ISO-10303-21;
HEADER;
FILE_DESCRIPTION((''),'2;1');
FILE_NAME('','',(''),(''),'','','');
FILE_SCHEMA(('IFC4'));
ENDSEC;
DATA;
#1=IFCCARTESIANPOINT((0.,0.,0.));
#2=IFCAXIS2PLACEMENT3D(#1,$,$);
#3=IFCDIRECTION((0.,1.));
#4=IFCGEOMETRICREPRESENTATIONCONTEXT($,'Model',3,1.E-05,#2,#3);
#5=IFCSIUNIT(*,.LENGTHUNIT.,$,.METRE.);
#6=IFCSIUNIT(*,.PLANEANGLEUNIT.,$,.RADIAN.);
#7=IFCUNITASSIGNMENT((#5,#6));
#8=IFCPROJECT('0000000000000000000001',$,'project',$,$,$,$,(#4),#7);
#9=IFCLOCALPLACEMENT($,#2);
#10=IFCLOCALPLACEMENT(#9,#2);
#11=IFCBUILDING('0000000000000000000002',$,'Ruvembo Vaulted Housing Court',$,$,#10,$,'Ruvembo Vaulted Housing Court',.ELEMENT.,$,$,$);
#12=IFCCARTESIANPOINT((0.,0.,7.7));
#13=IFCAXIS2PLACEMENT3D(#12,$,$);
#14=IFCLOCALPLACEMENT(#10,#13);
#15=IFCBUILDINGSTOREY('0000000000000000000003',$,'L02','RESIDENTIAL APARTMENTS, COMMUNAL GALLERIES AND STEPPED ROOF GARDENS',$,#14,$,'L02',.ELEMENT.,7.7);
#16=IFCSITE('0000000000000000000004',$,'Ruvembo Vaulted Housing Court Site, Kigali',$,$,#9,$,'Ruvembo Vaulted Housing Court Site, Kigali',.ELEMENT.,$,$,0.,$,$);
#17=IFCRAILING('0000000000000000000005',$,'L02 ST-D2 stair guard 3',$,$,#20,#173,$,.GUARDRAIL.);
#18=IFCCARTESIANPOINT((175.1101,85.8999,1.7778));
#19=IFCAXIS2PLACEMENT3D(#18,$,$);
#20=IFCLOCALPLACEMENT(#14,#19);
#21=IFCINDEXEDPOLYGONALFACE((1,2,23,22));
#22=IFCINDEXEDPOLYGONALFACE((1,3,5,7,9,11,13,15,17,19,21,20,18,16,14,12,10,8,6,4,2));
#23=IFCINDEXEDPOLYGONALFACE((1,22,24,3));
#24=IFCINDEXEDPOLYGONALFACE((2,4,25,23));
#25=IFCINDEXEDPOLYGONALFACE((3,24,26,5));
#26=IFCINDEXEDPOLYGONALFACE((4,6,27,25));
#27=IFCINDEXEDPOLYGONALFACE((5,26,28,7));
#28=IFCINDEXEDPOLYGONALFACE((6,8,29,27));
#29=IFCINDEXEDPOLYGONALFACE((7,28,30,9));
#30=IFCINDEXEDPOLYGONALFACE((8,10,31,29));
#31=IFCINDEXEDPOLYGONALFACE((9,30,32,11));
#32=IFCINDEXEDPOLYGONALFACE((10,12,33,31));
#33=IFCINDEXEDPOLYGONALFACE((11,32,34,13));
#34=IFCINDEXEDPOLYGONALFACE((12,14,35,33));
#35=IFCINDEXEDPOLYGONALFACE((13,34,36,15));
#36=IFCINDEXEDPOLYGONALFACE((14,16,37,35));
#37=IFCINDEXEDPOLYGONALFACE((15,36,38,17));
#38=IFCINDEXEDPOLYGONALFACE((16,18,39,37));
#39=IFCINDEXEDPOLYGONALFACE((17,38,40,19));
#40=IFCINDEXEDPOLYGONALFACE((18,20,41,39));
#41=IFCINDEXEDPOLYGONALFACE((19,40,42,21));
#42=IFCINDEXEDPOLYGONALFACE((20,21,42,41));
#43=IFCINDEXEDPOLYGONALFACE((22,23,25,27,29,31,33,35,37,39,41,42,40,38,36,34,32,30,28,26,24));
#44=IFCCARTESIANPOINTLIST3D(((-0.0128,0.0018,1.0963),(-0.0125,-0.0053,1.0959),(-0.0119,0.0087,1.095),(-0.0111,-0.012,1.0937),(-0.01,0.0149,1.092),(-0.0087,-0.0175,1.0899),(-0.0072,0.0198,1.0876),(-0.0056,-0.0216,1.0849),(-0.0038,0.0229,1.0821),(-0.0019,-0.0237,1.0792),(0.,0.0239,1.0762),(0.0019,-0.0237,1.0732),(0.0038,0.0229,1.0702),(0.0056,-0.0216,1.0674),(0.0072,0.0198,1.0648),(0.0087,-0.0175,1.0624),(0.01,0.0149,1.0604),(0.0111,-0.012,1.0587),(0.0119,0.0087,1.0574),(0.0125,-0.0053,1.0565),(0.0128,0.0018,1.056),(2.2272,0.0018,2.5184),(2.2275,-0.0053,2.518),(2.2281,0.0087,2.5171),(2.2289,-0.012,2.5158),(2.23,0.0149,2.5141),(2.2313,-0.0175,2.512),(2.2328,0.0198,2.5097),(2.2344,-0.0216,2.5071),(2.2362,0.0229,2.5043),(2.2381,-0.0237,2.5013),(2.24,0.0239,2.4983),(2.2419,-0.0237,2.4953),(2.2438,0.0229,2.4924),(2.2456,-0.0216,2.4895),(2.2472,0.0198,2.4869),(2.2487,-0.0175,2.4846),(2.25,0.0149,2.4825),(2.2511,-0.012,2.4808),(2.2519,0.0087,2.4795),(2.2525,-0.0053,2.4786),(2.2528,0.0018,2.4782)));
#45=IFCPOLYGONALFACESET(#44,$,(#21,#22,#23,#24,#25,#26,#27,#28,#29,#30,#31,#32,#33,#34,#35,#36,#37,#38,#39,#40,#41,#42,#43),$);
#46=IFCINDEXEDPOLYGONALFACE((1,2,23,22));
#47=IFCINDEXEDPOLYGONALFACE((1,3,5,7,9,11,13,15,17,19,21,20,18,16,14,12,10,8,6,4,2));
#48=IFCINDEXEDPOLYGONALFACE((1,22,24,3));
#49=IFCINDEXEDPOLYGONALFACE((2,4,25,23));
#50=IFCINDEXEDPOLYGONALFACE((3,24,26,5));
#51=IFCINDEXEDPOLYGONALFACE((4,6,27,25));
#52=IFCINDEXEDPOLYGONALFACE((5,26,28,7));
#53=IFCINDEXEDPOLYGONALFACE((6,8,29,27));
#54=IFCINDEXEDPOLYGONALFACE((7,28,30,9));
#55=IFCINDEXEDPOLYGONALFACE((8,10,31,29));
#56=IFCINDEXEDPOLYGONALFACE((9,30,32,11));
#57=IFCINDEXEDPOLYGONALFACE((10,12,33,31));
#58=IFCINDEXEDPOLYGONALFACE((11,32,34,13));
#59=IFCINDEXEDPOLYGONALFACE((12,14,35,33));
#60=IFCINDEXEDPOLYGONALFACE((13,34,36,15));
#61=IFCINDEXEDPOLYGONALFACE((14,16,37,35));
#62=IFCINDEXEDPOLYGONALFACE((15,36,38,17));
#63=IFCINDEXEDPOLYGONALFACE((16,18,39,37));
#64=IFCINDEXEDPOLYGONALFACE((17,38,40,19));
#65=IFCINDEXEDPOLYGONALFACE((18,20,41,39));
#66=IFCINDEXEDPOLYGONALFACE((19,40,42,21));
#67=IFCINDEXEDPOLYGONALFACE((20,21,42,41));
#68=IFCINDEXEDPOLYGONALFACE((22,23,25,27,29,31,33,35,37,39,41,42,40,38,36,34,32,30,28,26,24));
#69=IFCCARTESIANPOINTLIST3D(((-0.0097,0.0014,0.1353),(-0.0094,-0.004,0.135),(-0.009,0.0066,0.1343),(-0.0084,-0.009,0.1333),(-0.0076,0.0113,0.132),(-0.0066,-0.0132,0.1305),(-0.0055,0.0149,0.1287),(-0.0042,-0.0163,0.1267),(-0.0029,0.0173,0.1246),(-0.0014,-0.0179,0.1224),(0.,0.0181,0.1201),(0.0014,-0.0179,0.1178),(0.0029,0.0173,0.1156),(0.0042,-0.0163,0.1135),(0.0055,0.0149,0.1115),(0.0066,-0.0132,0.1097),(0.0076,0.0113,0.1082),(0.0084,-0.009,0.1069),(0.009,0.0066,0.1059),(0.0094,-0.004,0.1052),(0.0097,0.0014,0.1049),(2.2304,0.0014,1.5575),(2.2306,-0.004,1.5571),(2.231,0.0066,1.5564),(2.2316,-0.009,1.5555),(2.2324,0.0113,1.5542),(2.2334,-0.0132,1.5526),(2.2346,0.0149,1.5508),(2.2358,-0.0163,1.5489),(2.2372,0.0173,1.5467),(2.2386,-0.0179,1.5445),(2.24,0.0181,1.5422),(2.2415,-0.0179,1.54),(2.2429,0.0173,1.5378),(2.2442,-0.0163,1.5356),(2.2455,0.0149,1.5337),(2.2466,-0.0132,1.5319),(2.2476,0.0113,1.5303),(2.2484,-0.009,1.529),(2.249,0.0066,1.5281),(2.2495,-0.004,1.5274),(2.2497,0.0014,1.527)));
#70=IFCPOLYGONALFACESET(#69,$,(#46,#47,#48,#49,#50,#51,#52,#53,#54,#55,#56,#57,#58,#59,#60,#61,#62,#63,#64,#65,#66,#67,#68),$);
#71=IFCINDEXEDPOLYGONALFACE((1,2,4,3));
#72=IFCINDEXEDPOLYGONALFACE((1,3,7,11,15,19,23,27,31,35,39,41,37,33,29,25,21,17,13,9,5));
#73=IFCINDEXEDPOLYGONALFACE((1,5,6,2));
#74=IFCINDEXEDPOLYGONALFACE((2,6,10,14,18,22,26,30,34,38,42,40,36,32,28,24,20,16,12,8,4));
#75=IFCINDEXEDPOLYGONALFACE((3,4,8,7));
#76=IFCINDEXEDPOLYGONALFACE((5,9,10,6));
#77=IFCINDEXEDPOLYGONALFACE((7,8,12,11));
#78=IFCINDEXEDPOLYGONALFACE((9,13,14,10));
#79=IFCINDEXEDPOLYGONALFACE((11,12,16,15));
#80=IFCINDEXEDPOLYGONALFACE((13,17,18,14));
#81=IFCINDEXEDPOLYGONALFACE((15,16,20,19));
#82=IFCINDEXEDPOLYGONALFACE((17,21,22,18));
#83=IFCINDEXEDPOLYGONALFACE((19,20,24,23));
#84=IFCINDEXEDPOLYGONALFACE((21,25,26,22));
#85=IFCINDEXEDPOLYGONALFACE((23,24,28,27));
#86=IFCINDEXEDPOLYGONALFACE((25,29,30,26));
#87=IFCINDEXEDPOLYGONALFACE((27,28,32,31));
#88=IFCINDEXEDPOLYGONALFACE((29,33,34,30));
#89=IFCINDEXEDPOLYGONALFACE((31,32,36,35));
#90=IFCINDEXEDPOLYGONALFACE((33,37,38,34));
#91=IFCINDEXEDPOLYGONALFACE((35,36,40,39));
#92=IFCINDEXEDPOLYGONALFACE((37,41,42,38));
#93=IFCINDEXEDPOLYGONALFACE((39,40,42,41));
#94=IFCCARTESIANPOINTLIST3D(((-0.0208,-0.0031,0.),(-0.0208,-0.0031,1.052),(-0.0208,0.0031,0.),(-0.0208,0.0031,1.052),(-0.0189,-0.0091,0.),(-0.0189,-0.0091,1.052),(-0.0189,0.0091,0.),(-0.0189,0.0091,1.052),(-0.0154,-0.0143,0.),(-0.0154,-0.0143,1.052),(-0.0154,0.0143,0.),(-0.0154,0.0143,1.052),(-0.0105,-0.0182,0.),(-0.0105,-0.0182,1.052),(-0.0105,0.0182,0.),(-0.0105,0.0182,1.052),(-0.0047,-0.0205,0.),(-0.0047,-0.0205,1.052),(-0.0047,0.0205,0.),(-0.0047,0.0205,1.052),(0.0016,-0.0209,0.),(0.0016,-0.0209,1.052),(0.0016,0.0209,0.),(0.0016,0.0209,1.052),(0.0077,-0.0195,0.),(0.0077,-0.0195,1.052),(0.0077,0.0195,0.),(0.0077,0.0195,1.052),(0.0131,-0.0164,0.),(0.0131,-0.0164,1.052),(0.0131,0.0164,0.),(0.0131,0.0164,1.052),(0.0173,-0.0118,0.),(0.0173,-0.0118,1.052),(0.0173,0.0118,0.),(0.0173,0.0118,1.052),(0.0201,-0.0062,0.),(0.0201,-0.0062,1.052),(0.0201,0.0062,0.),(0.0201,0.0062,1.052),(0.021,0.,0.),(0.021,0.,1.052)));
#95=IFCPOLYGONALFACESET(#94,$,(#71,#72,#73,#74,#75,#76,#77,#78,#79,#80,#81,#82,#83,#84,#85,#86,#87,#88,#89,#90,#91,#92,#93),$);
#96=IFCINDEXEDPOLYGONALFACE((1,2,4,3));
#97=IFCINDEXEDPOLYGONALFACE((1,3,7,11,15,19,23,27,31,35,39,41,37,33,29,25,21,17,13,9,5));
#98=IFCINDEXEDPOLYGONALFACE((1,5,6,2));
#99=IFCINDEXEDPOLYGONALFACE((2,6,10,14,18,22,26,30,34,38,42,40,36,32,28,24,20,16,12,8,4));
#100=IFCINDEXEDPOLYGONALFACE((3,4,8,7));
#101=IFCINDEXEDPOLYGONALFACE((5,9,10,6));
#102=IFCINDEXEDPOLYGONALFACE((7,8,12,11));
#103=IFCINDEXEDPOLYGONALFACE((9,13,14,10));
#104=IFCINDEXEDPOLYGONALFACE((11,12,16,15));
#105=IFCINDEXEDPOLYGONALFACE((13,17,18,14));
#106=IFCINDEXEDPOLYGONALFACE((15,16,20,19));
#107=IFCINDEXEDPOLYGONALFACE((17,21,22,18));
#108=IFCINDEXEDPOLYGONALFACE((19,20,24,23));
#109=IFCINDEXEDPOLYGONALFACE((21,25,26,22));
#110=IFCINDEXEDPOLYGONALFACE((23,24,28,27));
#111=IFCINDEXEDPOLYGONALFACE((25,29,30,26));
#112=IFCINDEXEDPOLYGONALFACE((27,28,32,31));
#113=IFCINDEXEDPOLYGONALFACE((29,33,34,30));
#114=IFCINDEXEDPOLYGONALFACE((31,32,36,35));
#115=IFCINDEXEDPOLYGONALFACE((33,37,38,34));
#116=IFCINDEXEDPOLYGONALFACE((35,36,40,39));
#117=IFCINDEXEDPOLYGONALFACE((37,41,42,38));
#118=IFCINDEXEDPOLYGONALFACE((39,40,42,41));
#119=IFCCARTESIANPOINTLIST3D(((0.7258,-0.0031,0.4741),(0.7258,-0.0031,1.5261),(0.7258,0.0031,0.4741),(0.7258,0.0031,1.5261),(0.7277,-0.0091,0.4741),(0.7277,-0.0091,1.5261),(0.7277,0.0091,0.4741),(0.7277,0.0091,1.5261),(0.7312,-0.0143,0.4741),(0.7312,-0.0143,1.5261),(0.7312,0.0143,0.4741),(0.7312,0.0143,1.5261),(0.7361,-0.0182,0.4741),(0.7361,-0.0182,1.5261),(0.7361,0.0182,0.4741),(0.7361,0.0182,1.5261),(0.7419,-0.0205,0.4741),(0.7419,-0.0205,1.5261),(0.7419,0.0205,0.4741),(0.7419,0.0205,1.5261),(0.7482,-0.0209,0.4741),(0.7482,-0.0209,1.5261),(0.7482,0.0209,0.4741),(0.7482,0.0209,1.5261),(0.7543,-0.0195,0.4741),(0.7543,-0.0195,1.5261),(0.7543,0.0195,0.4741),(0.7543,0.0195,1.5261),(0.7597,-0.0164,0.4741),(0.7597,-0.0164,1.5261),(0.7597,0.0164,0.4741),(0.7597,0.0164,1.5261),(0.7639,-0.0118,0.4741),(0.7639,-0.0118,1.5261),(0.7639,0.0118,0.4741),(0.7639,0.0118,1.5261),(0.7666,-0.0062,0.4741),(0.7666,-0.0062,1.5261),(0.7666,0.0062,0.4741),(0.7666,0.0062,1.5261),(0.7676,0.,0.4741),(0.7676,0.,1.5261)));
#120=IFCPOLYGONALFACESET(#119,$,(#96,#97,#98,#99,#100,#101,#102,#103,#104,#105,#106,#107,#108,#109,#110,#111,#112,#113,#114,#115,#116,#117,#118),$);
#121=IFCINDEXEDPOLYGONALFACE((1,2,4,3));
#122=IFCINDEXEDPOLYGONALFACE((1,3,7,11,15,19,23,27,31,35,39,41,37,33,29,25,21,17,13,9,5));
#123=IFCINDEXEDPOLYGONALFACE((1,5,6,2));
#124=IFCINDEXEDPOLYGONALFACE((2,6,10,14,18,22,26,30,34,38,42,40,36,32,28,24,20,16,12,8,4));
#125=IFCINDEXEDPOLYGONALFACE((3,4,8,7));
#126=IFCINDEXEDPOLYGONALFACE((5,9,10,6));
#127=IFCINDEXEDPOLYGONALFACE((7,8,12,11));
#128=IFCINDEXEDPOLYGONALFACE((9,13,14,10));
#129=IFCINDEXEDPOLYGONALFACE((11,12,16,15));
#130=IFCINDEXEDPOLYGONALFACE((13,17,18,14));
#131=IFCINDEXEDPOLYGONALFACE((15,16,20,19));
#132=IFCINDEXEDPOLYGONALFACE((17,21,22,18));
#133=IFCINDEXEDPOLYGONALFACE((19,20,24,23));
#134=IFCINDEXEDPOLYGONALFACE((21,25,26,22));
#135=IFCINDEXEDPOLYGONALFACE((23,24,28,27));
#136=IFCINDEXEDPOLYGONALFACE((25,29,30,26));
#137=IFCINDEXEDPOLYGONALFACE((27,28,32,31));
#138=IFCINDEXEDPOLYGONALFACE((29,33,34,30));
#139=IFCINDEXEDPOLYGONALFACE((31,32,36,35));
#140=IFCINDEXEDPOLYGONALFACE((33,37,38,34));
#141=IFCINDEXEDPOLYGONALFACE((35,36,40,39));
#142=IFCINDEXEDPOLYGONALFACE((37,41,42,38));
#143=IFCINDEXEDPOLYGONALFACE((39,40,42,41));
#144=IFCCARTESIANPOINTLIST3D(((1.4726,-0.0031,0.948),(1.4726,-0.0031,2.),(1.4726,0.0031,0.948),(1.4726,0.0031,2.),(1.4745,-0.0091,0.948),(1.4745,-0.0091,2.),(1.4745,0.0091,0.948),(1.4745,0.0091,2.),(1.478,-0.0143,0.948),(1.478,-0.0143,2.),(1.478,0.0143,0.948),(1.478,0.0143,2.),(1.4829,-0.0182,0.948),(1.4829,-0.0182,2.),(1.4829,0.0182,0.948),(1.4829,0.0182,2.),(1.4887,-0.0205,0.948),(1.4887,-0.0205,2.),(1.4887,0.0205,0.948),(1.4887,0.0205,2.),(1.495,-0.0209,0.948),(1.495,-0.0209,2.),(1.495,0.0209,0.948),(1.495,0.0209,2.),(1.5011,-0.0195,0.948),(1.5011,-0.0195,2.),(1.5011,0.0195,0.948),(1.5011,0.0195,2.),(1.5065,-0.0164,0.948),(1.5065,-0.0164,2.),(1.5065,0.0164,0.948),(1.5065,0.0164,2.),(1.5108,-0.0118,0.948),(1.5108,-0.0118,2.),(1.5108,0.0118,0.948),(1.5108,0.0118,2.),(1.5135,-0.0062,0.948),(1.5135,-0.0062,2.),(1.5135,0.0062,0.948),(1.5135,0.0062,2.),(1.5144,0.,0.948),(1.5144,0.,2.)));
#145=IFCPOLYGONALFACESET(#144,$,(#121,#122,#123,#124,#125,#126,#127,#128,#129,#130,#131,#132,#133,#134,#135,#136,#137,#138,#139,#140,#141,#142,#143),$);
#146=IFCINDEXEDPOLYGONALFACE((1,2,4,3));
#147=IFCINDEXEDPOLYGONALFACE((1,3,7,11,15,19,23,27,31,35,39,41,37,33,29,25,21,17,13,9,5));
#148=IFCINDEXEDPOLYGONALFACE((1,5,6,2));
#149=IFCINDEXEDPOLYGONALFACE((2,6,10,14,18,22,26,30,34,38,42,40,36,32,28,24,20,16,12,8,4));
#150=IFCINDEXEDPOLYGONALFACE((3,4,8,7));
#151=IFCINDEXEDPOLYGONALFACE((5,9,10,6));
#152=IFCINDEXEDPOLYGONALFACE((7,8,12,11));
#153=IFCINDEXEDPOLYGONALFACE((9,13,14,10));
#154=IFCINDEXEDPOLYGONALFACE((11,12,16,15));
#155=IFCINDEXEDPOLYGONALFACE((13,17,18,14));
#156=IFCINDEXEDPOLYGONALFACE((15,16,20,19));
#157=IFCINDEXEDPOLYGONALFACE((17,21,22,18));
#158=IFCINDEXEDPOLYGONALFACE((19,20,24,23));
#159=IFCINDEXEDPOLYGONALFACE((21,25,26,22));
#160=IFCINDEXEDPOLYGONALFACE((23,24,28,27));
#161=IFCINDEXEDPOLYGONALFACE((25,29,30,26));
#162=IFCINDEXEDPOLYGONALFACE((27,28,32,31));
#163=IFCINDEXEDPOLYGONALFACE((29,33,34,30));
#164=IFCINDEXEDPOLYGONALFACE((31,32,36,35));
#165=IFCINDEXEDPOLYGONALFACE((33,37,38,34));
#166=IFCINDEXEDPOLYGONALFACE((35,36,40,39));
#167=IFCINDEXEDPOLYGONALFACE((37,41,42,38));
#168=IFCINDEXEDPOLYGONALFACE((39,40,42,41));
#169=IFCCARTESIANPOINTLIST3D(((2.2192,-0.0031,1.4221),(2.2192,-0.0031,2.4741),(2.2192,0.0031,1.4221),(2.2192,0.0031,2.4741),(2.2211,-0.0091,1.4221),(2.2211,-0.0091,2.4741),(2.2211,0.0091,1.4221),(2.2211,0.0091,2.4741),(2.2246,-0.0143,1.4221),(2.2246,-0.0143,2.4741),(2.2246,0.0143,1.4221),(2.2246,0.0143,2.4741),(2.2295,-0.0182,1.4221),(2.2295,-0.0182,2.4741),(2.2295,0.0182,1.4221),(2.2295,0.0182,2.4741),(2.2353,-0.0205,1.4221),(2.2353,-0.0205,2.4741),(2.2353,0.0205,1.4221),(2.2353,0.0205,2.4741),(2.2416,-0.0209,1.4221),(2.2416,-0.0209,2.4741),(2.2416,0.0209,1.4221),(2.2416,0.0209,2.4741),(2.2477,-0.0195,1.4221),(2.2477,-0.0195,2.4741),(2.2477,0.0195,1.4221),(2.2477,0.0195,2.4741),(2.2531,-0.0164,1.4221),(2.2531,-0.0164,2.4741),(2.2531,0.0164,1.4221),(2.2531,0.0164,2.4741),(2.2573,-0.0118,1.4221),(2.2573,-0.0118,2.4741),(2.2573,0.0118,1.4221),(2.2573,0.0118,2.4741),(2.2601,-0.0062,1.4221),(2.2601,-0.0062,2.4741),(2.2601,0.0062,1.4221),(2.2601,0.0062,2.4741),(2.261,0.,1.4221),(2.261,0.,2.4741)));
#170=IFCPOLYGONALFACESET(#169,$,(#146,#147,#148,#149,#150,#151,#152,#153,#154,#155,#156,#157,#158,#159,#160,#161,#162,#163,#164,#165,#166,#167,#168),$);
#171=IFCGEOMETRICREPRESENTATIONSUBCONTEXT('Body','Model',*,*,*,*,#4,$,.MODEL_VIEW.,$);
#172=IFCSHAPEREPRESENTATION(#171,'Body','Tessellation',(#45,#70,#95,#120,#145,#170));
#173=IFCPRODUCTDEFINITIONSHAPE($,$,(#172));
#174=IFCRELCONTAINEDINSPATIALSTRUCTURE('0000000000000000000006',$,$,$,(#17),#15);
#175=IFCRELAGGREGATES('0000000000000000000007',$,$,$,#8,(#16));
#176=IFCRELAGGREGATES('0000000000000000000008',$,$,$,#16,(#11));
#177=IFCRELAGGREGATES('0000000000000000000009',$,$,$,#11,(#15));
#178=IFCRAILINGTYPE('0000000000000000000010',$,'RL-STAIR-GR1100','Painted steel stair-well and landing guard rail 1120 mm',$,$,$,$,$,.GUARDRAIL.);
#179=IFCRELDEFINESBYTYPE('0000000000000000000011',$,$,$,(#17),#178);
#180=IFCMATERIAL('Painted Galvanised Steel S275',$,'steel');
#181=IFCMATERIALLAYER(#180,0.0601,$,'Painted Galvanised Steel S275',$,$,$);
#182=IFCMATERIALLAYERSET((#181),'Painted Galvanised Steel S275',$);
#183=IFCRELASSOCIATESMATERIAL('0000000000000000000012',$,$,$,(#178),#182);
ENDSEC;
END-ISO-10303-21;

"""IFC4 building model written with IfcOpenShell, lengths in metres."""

from ifc_helpers import new_model, si_unit, direction, frame, origin, origin_2d, place, context, subcontext, project, spatial, circle, extrude, material, layer, layer_set, type_object, element, save


model = new_model("IFC4")

# Units and contexts
model_context = context("Model", 3, precision=1e-05, world=origin(), true_north=direction((0.0, 1.0)))
body_context = subcontext(model_context, "Body", "Model", "MODEL_VIEW")
ifc_project = project(units=[si_unit("LENGTHUNIT", "METRE"), si_unit("PLANEANGLEUNIT", "RADIAN")], contexts=[model_context])

# Site, building, storey
site_placement = place(None, origin())
site = spatial("IfcSite", under=ifc_project, at=site_placement, Name="Ruvembo Vaulted Housing Court Site, Kigali", LongName="Ruvembo Vaulted Housing Court Site, Kigali", CompositionType="ELEMENT", RefElevation=0.0)
building_placement = place(site_placement, origin())
building = spatial("IfcBuilding", under=site, at=building_placement, Name="Ruvembo Vaulted Housing Court", LongName="Ruvembo Vaulted Housing Court", CompositionType="ELEMENT")
storey_placement = place(building_placement, frame((0.0, 0.0, 7.7)))
storey = spatial("IfcBuildingStorey", under=building, at=storey_placement, Name="L02", Description="RESIDENTIAL APARTMENTS, COMMUNAL GALLERIES AND STEPPED ROOF GARDENS", LongName="L02", CompositionType="ELEMENT", Elevation=7.7)

# Railing
ifc_material_1 = material(Name="Painted Galvanised Steel S275", Category="steel")
ifc_layer_1 = layer(ifc_material_1, 0.0601, Name="Painted Galvanised Steel S275")
ifc_layer_set_1 = layer_set([ifc_layer_1], Name="Painted Galvanised Steel S275")
railing_type_1 = type_object("IfcRailingType", Name="RL-STAIR-GR1100", Description="Painted steel stair-well and landing guard rail 1120 mm", PredefinedType="GUARDRAIL", material=ifc_layer_set_1)
railing_1_placement = place(storey_placement, frame((175.1101, 85.8999, 1.7778)))
element("IfcRailing", 1, at=railing_1_placement, inside=storey, type_object=railing_type_1, Name="L02 ST-D2 stair guard 3", PredefinedType="GUARDRAIL", context=body_context, shape_type="SweptSolid", body=[
    extrude(circle(Radius=0.0239, at=origin_2d()), frame((0.0, 0.0, 1.0762), z_axis=(0.844229, 0.0, 0.535982), x_axis=(0.0, 1.0, 0.0)), (0.0, 0.0, 1.0), 2.6533),
    extrude(circle(Radius=0.0181, at=origin_2d()), frame((0.0, 0.0, 0.1201), z_axis=(0.844229, 0.0, 0.535982), x_axis=(0.0, 1.0, 0.0)), (0.0, 0.0, 1.0), 2.6533),
    extrude(circle(Radius=0.021, at=origin_2d()), origin(), (0.0, 0.0, 1.0), 1.052),
    extrude(circle(Radius=0.021, at=origin_2d()), frame((0.7466, 0.0, 0.4741)), (0.0, 0.0, 1.0), 1.052),
    extrude(circle(Radius=0.021, at=origin_2d()), frame((1.4934, 0.0, 0.948)), (0.0, 0.0, 1.0), 1.052),
    extrude(circle(Radius=0.021, at=origin_2d()), frame((2.24, 0.0, 1.4221)), (0.0, 0.0, 1.0), 1.052),
])

save(model, "model.ifc")
